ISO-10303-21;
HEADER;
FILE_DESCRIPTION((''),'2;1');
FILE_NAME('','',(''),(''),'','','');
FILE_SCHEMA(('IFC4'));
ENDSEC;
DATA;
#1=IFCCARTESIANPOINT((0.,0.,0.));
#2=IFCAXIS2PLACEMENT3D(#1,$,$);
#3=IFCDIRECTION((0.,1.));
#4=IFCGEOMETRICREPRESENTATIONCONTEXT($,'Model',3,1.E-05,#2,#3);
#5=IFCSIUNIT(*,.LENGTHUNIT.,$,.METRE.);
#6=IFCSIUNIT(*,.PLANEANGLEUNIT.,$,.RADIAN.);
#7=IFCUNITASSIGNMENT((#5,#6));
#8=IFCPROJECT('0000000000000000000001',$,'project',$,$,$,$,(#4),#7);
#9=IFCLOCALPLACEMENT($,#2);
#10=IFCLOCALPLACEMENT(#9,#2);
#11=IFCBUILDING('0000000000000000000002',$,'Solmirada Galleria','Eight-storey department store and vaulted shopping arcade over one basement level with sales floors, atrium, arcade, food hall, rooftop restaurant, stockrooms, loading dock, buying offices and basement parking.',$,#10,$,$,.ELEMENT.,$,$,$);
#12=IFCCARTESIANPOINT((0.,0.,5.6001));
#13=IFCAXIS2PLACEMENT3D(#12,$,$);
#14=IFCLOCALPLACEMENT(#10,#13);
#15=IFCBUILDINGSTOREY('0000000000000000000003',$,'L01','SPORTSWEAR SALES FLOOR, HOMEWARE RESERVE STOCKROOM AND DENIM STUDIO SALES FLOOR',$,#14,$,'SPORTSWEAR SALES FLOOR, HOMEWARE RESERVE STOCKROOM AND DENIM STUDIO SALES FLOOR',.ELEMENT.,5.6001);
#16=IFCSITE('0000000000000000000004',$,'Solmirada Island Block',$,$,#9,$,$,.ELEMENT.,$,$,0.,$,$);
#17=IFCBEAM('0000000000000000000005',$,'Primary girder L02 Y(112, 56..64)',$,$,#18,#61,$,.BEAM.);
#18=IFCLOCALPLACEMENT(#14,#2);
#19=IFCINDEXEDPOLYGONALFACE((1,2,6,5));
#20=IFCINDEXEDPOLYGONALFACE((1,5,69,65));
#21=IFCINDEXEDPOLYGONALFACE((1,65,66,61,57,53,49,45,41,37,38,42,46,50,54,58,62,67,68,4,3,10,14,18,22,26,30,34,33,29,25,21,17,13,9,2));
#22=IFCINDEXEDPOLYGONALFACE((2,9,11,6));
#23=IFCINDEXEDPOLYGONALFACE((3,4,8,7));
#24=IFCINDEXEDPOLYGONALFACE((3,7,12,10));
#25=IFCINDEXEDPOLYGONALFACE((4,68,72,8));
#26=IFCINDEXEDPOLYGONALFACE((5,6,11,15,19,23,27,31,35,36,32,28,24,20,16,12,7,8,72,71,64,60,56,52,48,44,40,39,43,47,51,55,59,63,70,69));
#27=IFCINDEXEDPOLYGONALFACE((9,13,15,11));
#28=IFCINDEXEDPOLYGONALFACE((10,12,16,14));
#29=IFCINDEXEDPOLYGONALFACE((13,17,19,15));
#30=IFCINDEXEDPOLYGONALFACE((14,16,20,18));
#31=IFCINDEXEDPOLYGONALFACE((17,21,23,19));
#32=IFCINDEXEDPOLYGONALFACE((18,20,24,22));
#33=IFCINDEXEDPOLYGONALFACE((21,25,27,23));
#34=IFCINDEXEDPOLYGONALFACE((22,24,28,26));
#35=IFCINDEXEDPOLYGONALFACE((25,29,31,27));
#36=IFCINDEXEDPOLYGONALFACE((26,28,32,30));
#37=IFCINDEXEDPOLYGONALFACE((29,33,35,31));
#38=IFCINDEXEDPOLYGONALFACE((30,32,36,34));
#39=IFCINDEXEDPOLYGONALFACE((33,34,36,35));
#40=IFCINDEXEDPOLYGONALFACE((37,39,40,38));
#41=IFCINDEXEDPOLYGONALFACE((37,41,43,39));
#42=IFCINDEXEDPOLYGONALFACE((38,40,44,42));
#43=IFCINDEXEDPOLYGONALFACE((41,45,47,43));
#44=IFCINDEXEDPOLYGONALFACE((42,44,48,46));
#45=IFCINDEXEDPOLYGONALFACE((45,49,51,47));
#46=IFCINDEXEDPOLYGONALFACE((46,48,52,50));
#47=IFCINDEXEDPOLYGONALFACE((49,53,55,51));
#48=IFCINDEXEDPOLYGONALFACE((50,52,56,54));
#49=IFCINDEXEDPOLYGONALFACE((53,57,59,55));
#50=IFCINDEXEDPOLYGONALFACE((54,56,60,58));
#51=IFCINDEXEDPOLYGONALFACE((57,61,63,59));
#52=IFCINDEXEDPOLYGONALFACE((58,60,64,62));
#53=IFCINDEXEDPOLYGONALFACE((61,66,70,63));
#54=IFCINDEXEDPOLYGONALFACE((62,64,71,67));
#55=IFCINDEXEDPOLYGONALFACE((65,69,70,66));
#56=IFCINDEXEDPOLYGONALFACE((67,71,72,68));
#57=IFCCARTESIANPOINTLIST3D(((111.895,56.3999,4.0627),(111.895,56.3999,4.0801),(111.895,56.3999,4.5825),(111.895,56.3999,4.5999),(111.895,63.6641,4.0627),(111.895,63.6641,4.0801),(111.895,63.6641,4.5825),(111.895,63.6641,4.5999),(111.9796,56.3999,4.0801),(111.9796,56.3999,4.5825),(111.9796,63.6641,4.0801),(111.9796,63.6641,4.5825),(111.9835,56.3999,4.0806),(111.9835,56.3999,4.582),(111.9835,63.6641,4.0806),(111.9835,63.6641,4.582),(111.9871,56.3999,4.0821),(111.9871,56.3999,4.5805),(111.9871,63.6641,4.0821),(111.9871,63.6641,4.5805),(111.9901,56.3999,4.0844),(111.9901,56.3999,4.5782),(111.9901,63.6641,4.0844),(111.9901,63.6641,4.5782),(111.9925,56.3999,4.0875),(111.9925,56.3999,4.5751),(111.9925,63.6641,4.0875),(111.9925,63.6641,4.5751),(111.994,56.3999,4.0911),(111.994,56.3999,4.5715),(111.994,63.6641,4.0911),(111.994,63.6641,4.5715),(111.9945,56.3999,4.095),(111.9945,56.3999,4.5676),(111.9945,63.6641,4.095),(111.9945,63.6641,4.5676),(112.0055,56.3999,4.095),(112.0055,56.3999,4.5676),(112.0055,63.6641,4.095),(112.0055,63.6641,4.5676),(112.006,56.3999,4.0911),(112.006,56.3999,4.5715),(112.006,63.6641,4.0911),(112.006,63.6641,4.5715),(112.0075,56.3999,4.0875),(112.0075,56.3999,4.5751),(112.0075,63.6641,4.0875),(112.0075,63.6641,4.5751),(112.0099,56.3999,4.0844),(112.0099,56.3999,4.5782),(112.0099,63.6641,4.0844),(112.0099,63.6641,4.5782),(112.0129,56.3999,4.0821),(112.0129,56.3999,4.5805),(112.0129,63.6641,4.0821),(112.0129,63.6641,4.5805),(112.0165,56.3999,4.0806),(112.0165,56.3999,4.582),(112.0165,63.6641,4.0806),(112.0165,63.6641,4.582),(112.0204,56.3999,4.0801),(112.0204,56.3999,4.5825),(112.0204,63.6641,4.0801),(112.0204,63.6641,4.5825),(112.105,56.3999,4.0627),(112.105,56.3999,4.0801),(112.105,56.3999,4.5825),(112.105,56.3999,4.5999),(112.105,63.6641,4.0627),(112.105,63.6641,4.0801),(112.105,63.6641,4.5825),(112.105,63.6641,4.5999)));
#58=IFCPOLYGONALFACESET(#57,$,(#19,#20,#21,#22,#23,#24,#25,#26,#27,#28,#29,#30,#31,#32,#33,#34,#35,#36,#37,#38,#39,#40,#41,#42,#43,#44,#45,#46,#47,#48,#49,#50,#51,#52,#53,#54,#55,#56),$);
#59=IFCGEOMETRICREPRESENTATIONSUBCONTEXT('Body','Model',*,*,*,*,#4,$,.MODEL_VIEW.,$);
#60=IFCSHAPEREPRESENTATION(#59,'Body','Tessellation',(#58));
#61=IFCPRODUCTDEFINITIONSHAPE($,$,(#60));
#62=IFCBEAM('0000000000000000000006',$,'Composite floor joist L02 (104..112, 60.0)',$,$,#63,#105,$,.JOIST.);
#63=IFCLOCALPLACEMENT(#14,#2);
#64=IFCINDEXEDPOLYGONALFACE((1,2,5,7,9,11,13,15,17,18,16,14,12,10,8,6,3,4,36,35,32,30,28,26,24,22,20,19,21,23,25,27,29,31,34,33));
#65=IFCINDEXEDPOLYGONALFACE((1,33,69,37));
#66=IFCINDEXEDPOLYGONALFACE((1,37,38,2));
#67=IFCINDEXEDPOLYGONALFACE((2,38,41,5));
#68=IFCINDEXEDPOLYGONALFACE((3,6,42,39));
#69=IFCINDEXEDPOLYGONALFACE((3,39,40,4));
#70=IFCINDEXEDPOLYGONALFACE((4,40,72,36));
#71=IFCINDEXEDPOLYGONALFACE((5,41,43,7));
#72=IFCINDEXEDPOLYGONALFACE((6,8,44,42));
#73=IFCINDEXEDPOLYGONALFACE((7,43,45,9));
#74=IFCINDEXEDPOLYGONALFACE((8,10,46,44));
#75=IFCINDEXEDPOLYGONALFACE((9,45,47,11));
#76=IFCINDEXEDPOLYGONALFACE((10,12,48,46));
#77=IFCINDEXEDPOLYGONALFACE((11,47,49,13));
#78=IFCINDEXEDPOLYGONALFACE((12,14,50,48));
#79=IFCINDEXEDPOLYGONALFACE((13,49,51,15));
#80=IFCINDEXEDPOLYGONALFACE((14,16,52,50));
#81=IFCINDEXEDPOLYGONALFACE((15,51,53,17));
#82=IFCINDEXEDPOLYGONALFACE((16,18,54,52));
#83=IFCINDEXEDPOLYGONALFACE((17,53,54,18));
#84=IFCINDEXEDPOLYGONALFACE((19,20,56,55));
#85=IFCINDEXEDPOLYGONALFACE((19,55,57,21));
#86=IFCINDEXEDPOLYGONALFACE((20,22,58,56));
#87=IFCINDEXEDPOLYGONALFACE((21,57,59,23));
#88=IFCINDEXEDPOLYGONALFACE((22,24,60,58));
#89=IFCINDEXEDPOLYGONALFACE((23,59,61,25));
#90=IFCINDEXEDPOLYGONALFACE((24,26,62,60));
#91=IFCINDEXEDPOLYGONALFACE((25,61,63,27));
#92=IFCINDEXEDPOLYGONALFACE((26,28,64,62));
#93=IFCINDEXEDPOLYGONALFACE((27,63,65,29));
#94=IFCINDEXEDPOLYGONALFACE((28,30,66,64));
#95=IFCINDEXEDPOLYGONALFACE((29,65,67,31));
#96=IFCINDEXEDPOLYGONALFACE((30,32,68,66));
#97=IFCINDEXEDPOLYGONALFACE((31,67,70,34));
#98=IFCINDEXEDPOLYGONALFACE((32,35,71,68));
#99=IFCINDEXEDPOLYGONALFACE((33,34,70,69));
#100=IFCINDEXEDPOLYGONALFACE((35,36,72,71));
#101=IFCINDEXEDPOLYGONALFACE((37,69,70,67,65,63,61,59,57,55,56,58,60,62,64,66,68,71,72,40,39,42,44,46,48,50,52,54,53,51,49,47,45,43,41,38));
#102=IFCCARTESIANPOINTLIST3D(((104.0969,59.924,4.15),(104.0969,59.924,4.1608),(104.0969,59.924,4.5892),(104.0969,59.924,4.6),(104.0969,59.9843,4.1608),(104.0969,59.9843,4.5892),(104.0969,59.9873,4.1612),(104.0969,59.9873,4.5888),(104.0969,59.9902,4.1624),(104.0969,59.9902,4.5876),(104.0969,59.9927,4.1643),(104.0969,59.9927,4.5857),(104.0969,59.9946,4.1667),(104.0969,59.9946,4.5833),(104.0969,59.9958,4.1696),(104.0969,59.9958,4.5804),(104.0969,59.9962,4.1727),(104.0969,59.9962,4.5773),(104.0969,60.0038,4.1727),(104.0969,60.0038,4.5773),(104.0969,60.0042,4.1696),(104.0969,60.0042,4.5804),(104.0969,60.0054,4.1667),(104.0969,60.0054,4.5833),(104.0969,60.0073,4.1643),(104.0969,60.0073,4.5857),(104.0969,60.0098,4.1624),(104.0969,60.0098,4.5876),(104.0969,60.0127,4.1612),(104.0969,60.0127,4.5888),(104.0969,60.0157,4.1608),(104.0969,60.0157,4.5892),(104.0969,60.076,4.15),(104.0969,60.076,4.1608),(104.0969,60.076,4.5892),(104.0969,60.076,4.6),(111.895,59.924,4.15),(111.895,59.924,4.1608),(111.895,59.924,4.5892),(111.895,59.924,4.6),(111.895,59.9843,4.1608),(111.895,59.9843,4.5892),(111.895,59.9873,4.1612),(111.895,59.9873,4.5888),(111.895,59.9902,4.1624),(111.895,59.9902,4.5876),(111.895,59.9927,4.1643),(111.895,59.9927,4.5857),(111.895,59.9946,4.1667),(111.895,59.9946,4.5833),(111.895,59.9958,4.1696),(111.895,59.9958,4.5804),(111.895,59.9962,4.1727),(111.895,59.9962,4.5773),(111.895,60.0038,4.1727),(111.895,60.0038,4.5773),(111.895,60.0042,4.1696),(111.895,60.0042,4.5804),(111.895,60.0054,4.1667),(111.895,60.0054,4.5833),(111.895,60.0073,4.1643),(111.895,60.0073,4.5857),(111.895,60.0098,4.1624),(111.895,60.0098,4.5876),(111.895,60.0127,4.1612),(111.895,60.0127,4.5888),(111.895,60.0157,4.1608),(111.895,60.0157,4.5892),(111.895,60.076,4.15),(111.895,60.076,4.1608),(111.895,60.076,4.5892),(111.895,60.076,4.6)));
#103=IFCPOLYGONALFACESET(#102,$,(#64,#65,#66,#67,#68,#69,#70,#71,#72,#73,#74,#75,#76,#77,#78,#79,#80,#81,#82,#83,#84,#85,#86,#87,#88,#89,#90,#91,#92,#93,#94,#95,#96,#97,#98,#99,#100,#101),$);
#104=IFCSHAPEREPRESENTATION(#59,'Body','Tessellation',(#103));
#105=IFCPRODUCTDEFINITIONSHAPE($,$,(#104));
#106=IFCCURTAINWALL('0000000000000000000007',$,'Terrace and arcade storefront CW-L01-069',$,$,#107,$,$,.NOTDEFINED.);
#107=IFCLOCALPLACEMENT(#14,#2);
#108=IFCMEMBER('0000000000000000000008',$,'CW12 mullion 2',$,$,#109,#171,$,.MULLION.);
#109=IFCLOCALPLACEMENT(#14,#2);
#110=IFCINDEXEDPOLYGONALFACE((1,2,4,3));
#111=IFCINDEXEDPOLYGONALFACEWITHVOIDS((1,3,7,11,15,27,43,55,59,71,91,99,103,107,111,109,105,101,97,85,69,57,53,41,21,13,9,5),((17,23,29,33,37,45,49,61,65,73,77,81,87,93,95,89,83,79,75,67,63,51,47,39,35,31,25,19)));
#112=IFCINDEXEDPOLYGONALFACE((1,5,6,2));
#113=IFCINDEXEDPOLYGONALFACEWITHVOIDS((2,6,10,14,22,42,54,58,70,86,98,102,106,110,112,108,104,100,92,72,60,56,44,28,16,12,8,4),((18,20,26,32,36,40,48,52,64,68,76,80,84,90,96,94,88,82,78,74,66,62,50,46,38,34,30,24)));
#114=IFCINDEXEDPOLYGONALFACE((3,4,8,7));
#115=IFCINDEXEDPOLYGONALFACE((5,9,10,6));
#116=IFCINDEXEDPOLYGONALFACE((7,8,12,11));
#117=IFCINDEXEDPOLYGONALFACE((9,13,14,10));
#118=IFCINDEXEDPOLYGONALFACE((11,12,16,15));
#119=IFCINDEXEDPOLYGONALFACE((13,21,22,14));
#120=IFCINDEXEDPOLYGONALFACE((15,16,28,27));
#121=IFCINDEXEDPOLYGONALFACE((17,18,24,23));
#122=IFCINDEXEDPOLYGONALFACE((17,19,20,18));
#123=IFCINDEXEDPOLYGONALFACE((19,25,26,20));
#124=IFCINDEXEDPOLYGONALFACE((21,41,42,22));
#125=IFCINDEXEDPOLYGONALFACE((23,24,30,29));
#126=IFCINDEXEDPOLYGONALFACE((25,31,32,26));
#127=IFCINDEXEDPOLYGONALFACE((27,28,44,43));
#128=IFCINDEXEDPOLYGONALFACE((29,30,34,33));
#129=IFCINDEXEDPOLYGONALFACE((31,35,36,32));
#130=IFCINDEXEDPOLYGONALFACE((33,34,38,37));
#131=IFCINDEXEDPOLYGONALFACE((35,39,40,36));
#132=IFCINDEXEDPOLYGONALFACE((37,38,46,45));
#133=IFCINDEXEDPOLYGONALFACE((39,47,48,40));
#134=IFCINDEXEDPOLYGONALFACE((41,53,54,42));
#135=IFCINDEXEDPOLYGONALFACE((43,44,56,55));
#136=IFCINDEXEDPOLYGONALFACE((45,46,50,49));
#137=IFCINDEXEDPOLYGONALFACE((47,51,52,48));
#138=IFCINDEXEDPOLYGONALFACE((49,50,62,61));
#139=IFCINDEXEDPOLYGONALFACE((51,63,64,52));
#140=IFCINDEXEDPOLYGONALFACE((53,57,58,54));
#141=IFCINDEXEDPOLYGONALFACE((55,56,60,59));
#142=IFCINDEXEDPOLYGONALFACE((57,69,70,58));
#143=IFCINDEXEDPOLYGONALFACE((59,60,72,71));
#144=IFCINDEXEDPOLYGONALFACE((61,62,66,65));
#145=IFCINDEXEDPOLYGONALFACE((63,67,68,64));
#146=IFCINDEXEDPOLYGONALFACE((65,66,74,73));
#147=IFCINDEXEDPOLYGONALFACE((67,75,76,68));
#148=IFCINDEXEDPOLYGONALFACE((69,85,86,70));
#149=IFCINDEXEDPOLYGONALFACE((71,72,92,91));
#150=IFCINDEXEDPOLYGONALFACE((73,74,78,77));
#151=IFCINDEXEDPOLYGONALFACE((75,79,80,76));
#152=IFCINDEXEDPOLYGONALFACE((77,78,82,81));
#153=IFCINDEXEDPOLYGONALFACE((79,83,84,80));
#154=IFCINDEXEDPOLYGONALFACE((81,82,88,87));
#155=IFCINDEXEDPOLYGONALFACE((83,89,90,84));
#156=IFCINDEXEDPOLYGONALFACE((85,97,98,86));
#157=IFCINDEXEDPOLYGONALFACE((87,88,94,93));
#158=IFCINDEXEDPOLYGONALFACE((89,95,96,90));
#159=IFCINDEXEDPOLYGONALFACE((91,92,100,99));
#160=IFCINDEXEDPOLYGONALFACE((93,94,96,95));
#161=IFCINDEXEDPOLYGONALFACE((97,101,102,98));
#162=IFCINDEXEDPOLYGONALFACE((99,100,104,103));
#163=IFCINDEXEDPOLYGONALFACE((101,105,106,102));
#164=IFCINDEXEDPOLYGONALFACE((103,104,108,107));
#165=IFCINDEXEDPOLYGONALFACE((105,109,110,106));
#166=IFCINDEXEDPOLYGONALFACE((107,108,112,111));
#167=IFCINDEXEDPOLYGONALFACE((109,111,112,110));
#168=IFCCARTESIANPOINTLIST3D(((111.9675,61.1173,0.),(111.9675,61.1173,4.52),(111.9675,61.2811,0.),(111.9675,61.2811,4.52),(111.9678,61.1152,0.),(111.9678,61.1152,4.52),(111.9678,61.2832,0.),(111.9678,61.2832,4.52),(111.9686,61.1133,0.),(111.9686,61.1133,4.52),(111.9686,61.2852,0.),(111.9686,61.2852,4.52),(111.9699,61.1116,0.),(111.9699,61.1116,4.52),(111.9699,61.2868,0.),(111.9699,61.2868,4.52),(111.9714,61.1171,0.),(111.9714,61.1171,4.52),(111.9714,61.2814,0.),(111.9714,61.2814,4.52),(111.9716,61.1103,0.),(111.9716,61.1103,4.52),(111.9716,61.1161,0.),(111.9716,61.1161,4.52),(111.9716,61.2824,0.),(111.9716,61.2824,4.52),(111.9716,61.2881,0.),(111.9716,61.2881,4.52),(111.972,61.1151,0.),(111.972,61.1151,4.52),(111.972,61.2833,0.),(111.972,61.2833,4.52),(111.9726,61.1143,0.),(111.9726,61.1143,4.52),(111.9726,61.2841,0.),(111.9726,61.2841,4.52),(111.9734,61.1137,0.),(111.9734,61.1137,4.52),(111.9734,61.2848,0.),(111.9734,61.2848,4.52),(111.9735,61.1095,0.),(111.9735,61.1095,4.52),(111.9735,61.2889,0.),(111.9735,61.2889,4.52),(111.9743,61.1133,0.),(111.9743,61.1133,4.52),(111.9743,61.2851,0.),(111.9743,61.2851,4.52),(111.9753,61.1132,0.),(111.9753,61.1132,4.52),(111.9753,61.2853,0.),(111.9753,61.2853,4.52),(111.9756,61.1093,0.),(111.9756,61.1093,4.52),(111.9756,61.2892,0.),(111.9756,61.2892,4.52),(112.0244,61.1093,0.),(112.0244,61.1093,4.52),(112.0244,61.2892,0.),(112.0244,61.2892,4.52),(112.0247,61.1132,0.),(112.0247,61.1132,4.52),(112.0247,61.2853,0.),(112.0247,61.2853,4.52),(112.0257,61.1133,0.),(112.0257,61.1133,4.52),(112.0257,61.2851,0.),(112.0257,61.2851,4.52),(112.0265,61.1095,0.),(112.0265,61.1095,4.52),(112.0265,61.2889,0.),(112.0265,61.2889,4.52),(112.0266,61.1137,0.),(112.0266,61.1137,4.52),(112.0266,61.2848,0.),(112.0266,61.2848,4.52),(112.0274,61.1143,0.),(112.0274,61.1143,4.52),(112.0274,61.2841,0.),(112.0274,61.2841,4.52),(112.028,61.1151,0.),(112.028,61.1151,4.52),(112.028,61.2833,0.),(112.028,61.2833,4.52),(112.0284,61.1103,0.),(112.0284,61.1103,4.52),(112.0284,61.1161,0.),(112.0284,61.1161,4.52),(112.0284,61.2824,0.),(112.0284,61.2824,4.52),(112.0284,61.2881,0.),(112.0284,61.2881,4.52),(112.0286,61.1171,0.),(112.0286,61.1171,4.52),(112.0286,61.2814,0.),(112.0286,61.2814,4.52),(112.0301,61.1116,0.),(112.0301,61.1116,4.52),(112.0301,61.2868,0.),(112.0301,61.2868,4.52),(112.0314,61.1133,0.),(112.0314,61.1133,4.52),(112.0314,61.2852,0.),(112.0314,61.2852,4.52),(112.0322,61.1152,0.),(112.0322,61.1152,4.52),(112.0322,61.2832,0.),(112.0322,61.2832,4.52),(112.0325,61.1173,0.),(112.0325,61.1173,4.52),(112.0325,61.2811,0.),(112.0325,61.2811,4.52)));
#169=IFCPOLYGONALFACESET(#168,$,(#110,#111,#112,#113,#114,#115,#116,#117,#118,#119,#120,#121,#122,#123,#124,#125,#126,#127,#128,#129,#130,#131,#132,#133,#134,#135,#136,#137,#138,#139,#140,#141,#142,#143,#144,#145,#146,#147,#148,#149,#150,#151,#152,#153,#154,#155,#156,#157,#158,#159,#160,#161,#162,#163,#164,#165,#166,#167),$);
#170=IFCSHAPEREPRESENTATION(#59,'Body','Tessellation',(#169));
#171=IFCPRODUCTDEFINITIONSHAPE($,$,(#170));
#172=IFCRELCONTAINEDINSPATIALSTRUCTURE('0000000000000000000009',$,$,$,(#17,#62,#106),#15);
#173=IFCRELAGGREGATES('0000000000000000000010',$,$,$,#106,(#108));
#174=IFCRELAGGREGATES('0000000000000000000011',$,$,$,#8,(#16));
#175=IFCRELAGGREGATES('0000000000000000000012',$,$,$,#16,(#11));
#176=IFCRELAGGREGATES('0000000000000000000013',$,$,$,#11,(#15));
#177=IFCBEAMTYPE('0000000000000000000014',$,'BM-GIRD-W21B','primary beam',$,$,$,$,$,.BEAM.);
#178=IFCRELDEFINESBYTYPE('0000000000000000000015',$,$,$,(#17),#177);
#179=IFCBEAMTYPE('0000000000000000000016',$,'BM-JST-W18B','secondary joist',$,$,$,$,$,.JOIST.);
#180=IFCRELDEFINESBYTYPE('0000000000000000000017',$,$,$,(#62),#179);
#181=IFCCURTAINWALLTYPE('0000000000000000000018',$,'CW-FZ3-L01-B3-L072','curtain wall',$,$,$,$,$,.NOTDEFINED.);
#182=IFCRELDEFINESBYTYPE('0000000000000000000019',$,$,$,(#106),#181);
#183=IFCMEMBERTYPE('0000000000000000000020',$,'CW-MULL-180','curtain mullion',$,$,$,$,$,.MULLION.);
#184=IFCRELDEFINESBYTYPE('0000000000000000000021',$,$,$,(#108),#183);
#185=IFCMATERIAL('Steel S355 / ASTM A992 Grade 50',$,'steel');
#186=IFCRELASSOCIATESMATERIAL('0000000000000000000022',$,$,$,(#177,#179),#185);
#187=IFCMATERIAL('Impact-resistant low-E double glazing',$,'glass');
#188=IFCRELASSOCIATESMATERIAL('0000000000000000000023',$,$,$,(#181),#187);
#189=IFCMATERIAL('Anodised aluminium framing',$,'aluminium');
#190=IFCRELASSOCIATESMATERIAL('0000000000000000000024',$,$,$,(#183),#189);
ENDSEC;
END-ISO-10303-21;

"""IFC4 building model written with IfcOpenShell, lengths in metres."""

from ifc_helpers import new_model, si_unit, direction, frame, origin, origin_2d, place, context, subcontext, project, spatial, hollow_rectangle, i_section, extrude, material, material_profile, profile_set, type_object, element, aggregate, save


model = new_model("IFC4")

# Units and contexts
model_context = context("Model", 3, precision=1e-05, world=origin(), true_north=direction((0.0, 1.0)))
body_context = subcontext(model_context, "Body", "Model", "MODEL_VIEW")
ifc_project = project(units=[si_unit("LENGTHUNIT", "METRE"), si_unit("PLANEANGLEUNIT", "RADIAN")], contexts=[model_context])

# Site, building, storey
site_placement = place(None, origin())
site = spatial("IfcSite", under=ifc_project, at=site_placement, Name="Solmirada Island Block", CompositionType="ELEMENT", RefElevation=0.0)
building_placement = place(site_placement, origin())
building = spatial("IfcBuilding", under=site, at=building_placement, Name="Solmirada Galleria", Description="Eight-storey department store and vaulted shopping arcade over one basement level with sales floors, atrium, arcade, food hall, rooftop restaurant, stockrooms, loading dock, buying offices and basement parking.", CompositionType="ELEMENT")
storey_placement = place(building_placement, frame((0.0, 0.0, 5.6001)))
storey = spatial("IfcBuildingStorey", under=building, at=storey_placement, Name="L01", Description="SPORTSWEAR SALES FLOOR, HOMEWARE RESERVE STOCKROOM AND DENIM STUDIO SALES FLOOR", LongName="SPORTSWEAR SALES FLOOR, HOMEWARE RESERVE STOCKROOM AND DENIM STUDIO SALES FLOOR", CompositionType="ELEMENT", Elevation=5.6001)

# Beams
ifc_material_1 = material(Name="Steel S355 / ASTM A992 Grade 50", Category="steel")
ifc_material_profile_1 = material_profile(ifc_material_1, i_section(OverallWidth=0.21, OverallDepth=0.5371, WebThickness=0.011, FlangeThickness=0.0173, FilletRadius=0.0149, at=origin_2d()), Name="W21X68")
ifc_profile_set_1 = profile_set([ifc_material_profile_1], Name="Steel S355 / ASTM A992 Grade 50")
beam_type_1 = type_object("IfcBeamType", Name="BM-GIRD-W21B", Description="primary beam", PredefinedType="BEAM", material=ifc_profile_set_1)
for number, where, z_axis, x_axis, name in (
    (1, (112.0, 56.3999, 4.3313), (0.0, 1.0, 0.0), (-1.0, 0.0, 0.0), "Primary girder L02 Y(112, 56..64)"),
):
    element("IfcBeam", number, at=place(storey_placement, frame(where, z_axis=z_axis, x_axis=x_axis)), inside=storey, type_object=beam_type_1, Name=name, PredefinedType="BEAM", context=body_context, shape_type="SweptSolid", body=[
        extrude(i_section(OverallWidth=0.21, OverallDepth=0.5371, WebThickness=0.011, FlangeThickness=0.0173, FilletRadius=0.0149, at=origin_2d()), origin(), (0.0, 0.0, 1.0), 7.2642),
    ])
ifc_material_profile_2 = material_profile(ifc_material_1, i_section(OverallWidth=0.1521, OverallDepth=0.45, WebThickness=0.0076, FlangeThickness=0.0107, FilletRadius=0.012, at=origin_2d()), Name="W18X35")
ifc_profile_set_2 = profile_set([ifc_material_profile_2], Name="Steel S355 / ASTM A992 Grade 50")
beam_type_2 = type_object("IfcBeamType", Name="BM-JST-W18B", Description="secondary joist", PredefinedType="JOIST", material=ifc_profile_set_2)
beam_1_placement = place(storey_placement, frame((104.0969, 60.0, 4.375), z_axis=(1.0, 0.0, 0.0), x_axis=(0.0, 1.0, 0.0)))
element("IfcBeam", 2, at=beam_1_placement, inside=storey, type_object=beam_type_2, Name="Composite floor joist L02 (104..112, 60.0)", PredefinedType="JOIST", context=body_context, shape_type="SweptSolid", body=[
    extrude(i_section(OverallWidth=0.1521, OverallDepth=0.45, WebThickness=0.0076, FlangeThickness=0.0107, FilletRadius=0.012, at=origin_2d()), origin(), (0.0, 0.0, 1.0), 7.7981),
])

# Curtain wall, member
ifc_material_2 = material(Name="Impact-resistant low-E double glazing", Category="glass")
curtain_wall_type = type_object("IfcCurtainWallType", Name="CW-FZ3-L01-B3-L072", Description="curtain wall", PredefinedType="NOTDEFINED", material=ifc_material_2)
curtain_wall_1_placement = place(storey_placement, origin())
curtain_wall_1 = element("IfcCurtainWall", 3, at=curtain_wall_1_placement, inside=storey, type_object=curtain_wall_type, Name="Terrace and arcade storefront CW-L01-069", PredefinedType="NOTDEFINED")
ifc_material_3 = material(Name="Anodised aluminium framing", Category="aluminium")
ifc_material_profile_3 = material_profile(ifc_material_3, hollow_rectangle(XDim=0.0649, YDim=0.1799, WallThickness=0.0039, InnerFilletRadius=0.0039, OuterFilletRadius=0.0081, at=origin_2d()), Name="ALU-MULL-180X65")
ifc_profile_set_3 = profile_set([ifc_material_profile_3], Name="Anodised aluminium framing")
member_type_1 = type_object("IfcMemberType", Name="CW-MULL-180", Description="curtain mullion", PredefinedType="MULLION", material=ifc_profile_set_3)
member_1_placement = place(storey_placement, frame((112.0, 61.1992, 0.0), z_axis=(0.0, 0.0, 1.0), x_axis=(1.0, 0.0, 0.0)))
member_1 = element("IfcMember", 4, at=member_1_placement, type_object=member_type_1, Name="CW12 mullion 2", PredefinedType="MULLION", context=body_context, shape_type="SweptSolid", body=[
    extrude(hollow_rectangle(XDim=0.0649, YDim=0.1799, WallThickness=0.0039, InnerFilletRadius=0.0039, OuterFilletRadius=0.0081, at=origin_2d()), origin(), (0.0, 0.0, 1.0), 4.52),
])

aggregate(curtain_wall_1, [member_1])

save(model, "model.ifc")
